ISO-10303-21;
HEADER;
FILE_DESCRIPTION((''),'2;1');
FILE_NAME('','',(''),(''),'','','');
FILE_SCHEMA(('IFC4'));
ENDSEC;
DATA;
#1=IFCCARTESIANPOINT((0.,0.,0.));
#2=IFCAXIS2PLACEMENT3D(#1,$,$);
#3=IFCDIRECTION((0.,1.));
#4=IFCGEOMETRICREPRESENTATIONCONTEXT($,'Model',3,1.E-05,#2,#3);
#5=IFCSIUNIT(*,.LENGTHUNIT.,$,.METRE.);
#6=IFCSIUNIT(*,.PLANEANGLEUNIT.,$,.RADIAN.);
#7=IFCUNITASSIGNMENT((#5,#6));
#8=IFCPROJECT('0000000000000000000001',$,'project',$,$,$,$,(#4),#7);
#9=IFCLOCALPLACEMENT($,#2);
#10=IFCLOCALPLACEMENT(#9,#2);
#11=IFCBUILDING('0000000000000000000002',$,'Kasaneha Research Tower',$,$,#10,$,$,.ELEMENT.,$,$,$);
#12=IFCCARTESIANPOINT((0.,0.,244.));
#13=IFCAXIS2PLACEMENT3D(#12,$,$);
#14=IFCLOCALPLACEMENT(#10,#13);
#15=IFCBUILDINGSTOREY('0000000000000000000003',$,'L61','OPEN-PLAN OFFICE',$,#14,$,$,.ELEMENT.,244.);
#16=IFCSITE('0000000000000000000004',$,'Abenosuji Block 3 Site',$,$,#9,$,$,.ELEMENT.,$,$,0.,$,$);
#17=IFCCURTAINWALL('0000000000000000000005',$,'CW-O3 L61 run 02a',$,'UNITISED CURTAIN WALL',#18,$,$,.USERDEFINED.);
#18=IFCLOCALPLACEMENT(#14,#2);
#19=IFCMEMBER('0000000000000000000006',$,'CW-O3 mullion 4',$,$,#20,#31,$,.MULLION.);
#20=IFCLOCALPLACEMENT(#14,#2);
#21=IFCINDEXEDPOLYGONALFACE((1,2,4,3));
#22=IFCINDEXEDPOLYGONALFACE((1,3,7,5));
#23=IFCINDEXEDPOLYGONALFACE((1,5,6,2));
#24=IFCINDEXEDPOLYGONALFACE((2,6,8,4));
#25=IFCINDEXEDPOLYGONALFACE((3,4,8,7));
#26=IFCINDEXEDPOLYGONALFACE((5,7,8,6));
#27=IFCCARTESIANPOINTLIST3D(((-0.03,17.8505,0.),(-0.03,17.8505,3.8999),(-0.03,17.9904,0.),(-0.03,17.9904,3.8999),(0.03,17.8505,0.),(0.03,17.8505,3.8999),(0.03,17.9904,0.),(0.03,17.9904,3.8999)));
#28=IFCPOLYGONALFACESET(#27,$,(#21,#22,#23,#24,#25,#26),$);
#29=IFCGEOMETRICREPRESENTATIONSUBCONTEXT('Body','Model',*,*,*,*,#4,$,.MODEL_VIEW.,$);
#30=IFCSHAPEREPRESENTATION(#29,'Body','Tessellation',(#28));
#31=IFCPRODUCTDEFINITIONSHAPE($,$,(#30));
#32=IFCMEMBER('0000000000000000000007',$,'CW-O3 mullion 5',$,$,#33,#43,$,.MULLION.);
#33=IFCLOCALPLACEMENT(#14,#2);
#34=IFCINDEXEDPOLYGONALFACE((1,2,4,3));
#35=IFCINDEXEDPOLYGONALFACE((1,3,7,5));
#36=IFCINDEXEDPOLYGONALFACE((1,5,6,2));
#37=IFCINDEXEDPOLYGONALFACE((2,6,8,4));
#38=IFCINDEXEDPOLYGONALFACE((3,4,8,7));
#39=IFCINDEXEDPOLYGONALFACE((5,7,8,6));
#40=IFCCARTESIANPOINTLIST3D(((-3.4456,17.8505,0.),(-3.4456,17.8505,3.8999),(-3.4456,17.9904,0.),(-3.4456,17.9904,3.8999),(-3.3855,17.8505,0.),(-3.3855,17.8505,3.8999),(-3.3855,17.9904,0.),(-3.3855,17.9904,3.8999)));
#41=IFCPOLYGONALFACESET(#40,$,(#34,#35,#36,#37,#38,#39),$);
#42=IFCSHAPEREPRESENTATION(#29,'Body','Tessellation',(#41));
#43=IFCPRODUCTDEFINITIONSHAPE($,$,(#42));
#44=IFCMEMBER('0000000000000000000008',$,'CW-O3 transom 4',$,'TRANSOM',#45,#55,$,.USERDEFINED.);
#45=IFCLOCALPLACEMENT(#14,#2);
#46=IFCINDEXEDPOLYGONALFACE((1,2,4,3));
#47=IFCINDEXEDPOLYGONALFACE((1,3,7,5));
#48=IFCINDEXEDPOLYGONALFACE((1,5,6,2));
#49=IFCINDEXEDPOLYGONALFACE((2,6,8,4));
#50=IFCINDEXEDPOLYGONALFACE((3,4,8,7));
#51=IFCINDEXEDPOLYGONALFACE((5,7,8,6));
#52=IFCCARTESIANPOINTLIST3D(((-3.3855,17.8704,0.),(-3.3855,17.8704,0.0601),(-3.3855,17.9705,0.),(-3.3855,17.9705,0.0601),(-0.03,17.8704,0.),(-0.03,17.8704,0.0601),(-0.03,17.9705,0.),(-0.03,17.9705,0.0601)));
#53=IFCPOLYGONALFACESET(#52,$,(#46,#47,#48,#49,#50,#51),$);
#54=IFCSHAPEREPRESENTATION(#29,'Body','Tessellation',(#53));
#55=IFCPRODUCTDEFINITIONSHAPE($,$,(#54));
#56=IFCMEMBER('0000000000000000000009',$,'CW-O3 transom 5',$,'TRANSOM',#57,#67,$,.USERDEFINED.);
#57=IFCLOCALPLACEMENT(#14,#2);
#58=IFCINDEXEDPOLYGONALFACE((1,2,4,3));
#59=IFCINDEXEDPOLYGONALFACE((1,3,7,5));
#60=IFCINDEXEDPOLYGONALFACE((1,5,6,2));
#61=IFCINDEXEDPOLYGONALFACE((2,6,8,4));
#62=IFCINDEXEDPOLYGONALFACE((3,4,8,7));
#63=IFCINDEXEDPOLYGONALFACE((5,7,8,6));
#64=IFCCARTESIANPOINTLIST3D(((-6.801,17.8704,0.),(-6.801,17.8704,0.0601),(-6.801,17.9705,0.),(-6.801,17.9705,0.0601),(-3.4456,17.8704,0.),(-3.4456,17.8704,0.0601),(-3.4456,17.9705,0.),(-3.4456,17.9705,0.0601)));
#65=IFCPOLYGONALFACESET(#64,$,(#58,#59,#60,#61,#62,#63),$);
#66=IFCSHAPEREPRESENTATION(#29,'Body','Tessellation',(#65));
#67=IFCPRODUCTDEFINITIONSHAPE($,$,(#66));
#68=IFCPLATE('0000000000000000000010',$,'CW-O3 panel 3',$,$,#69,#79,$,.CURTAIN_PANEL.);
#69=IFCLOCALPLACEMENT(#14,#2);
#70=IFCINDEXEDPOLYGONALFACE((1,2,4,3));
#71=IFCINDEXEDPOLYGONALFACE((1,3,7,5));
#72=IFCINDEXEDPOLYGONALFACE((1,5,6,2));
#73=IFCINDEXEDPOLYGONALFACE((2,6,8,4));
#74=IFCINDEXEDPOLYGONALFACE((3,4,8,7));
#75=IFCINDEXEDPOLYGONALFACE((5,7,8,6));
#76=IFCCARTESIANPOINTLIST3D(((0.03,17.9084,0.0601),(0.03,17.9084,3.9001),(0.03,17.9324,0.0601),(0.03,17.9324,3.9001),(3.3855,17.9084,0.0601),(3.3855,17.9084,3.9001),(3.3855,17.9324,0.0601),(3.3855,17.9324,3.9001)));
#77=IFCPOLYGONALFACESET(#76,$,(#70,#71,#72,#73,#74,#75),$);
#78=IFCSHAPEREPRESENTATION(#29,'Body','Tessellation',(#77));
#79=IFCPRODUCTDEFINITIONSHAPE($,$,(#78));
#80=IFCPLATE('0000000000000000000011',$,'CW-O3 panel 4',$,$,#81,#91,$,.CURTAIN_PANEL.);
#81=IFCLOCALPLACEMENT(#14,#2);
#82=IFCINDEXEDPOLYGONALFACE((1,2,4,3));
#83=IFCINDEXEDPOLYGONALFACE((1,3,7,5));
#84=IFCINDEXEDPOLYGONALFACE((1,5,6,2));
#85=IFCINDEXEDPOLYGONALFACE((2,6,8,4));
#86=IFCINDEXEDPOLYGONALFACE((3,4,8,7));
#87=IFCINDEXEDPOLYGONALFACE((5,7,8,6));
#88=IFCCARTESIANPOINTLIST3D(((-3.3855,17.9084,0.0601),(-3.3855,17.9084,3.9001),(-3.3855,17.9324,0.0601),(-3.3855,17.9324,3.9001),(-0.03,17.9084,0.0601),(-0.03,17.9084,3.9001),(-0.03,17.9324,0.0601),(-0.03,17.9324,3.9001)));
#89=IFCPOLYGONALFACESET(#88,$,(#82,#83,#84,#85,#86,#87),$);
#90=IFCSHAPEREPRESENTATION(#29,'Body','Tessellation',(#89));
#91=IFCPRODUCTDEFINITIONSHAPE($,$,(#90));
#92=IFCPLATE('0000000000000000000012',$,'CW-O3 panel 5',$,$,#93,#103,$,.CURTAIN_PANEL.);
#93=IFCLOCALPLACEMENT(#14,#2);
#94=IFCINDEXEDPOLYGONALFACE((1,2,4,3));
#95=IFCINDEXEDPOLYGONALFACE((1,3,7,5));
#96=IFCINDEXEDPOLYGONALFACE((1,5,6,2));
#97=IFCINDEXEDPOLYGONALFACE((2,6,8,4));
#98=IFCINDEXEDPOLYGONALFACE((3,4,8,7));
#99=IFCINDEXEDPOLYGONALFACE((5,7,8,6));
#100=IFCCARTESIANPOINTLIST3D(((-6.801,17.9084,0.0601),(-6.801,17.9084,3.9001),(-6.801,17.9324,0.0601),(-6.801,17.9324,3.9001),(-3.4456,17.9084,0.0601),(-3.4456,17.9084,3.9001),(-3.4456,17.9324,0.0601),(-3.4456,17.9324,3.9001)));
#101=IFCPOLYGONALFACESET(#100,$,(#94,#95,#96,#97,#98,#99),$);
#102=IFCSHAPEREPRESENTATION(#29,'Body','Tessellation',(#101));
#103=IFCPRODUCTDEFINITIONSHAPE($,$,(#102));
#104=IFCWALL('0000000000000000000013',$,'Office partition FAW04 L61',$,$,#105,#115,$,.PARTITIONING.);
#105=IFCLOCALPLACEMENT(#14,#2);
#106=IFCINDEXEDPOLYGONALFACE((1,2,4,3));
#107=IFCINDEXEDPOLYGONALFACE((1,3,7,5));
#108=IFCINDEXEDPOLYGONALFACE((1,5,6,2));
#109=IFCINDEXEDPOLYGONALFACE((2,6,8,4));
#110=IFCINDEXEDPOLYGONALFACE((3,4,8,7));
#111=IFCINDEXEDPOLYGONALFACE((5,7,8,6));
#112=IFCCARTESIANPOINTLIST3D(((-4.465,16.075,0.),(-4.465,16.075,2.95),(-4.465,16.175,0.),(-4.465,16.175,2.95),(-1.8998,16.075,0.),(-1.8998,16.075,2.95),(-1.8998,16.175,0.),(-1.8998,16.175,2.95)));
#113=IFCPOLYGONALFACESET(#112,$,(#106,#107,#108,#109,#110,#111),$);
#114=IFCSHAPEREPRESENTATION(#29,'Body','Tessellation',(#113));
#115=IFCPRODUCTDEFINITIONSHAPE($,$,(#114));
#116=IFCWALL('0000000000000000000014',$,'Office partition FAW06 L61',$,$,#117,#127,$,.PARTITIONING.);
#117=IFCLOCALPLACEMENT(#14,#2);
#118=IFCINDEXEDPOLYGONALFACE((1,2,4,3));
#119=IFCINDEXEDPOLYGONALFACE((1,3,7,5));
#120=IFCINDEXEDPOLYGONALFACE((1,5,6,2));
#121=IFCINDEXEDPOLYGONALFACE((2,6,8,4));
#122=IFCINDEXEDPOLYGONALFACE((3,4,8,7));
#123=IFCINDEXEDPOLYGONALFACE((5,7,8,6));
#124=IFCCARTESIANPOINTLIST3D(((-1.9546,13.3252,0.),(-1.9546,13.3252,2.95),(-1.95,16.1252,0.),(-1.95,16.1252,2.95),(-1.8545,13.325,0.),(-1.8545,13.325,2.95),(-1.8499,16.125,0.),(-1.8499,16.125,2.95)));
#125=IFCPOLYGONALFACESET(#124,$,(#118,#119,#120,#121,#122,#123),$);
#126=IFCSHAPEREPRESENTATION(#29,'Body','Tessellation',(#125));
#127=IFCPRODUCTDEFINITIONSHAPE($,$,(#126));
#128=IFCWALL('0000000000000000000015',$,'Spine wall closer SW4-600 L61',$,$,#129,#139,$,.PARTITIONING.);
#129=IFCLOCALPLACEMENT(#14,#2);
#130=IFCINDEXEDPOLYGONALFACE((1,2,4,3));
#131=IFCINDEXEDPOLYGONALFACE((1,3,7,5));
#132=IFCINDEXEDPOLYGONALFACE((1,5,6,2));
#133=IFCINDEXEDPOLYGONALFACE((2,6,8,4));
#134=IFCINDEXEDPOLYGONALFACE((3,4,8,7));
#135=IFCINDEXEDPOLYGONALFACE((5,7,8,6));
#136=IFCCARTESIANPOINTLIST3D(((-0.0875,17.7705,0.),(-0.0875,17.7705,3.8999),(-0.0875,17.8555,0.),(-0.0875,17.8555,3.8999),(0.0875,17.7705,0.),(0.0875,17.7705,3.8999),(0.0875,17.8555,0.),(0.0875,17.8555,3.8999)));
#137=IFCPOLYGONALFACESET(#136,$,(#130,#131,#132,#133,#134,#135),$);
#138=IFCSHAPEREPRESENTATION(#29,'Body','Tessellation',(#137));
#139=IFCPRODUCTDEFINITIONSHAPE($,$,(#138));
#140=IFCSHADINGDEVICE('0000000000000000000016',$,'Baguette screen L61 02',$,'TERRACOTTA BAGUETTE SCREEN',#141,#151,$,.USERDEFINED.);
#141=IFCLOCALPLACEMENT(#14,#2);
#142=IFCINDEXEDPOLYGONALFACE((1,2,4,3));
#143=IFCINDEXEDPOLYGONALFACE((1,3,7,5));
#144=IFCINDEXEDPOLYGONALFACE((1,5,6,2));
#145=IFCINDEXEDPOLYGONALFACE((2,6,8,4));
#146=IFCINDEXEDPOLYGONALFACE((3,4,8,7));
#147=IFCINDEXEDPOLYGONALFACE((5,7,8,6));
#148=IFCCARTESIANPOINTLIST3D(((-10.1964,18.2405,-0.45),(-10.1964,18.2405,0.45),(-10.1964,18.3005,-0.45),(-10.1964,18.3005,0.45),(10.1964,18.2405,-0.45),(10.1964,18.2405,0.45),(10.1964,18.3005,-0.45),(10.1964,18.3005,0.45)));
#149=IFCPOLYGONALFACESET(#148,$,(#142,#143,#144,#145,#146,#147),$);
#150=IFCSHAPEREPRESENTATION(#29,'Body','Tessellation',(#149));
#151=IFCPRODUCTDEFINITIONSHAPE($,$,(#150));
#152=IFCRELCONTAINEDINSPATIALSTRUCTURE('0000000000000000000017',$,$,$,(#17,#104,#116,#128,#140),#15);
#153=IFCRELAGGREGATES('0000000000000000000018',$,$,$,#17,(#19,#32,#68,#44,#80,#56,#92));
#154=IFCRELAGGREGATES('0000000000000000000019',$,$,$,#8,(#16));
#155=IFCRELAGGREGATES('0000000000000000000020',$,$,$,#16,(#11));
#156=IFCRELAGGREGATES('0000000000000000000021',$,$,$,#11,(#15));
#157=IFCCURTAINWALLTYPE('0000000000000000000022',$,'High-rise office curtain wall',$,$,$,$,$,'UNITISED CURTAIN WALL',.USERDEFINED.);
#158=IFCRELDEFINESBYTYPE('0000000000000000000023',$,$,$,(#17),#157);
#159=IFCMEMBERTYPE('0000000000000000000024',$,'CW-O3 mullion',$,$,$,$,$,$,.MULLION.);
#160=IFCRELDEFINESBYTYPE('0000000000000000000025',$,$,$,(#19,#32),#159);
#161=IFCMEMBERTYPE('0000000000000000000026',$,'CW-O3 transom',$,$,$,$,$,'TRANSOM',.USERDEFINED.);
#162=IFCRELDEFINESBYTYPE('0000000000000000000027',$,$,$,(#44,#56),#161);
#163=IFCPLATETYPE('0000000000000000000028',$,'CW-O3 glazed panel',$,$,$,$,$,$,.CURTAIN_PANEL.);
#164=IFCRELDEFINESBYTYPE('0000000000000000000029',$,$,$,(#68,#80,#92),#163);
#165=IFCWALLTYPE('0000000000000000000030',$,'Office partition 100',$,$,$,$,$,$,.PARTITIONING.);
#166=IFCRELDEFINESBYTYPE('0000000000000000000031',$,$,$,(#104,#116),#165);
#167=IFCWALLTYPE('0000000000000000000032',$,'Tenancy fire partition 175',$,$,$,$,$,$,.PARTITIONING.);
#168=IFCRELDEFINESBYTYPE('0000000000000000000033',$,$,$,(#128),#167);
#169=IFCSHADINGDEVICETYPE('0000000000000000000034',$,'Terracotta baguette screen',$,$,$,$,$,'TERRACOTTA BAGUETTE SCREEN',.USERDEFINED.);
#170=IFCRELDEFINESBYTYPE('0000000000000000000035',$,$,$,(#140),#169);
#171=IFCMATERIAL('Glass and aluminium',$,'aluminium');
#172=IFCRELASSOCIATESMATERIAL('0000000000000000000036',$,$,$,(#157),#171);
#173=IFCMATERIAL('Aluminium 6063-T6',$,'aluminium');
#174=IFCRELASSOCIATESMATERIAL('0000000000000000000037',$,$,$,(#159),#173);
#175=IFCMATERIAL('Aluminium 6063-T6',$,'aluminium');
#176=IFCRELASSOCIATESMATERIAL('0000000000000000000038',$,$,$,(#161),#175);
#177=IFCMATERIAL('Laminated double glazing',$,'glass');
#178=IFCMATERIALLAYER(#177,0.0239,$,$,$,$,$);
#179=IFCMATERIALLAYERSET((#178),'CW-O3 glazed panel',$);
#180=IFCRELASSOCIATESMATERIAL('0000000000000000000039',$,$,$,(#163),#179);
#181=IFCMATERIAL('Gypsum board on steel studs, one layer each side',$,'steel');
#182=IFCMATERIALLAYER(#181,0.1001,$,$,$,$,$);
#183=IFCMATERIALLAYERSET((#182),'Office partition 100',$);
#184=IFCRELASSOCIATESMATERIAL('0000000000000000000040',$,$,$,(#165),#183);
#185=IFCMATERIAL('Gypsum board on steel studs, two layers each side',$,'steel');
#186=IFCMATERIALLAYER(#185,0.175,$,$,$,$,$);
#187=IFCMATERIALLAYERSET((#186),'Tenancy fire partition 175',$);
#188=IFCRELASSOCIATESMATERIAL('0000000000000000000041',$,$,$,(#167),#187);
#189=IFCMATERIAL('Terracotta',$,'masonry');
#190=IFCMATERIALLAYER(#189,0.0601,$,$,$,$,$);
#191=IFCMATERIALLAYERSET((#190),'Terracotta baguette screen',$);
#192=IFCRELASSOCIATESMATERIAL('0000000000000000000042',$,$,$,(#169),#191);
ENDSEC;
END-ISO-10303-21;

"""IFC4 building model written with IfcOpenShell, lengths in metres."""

from ifc_helpers import new_model, si_unit, direction, frame, frame_2d, origin, origin_2d, place, context, subcontext, project, spatial, rectangle, extrude, material, layer, layer_set, material_profile, profile_set, type_object, element, aggregate, save


model = new_model("IFC4")

# Units and contexts
model_context = context("Model", 3, precision=1e-05, world=origin(), true_north=direction((0.0, 1.0)))
body_context = subcontext(model_context, "Body", "Model", "MODEL_VIEW")
ifc_project = project(units=[si_unit("LENGTHUNIT", "METRE"), si_unit("PLANEANGLEUNIT", "RADIAN")], contexts=[model_context])

# Site, building, storey
site_placement = place(None, origin())
site = spatial("IfcSite", under=ifc_project, at=site_placement, Name="Abenosuji Block 3 Site", CompositionType="ELEMENT", RefElevation=0.0)
building_placement = place(site_placement, origin())
building = spatial("IfcBuilding", under=site, at=building_placement, Name="Kasaneha Research Tower", CompositionType="ELEMENT")
storey_placement = place(building_placement, frame((0.0, 0.0, 244.0)))
storey = spatial("IfcBuildingStorey", under=building, at=storey_placement, Name="L61", Description="OPEN-PLAN OFFICE", CompositionType="ELEMENT", Elevation=244.0)

# Curtain wall, members, plates
ifc_material_1 = material(Name="Glass and aluminium", Category="aluminium")
curtain_wall_type = type_object("IfcCurtainWallType", Name="High-rise office curtain wall", ElementType="UNITISED CURTAIN WALL", PredefinedType="USERDEFINED", material=ifc_material_1)
curtain_wall_placement = place(storey_placement, origin())
curtain_wall = element("IfcCurtainWall", 1, at=curtain_wall_placement, inside=storey, type_object=curtain_wall_type, Name="CW-O3 L61 run 02a", ObjectType="UNITISED CURTAIN WALL", PredefinedType="USERDEFINED")
ifc_material_2 = material(Name="Aluminium 6063-T6", Category="aluminium")
ifc_material_profile_1 = material_profile(ifc_material_2, rectangle(XDim=0.0601, YDim=0.1399, at=origin_2d()), Name="CW-O3 mullion 60x140")
ifc_profile_set_1 = profile_set([ifc_material_profile_1], Name="Aluminium 6063-T6")
member_type_1 = type_object("IfcMemberType", Name="CW-O3 mullion", PredefinedType="MULLION", material=ifc_profile_set_1)
member_1_placement = place(storey_placement, frame((0.0, 17.9204, 0.0), z_axis=(0.0, 0.0, 1.0), x_axis=(-1.0, 0.0, 0.0)))
member_1 = element("IfcMember", 2, at=member_1_placement, type_object=member_type_1, Name="CW-O3 mullion 4", PredefinedType="MULLION", context=body_context, shape_type="SweptSolid", body=[
    extrude(rectangle(XDim=0.0601, YDim=0.1399, at=origin_2d()), origin(), (0.0, 0.0, 1.0), 3.8999),
])
member_2_placement = place(storey_placement, frame((-3.4155, 17.9204, 0.0), z_axis=(0.0, 0.0, 1.0), x_axis=(-1.0, 0.0, 0.0)))
member_2 = element("IfcMember", 3, at=member_2_placement, type_object=member_type_1, Name="CW-O3 mullion 5", PredefinedType="MULLION", context=body_context, shape_type="SweptSolid", body=[
    extrude(rectangle(XDim=0.0601, YDim=0.1399, at=origin_2d()), origin(), (0.0, 0.0, 1.0), 3.8999),
])
ifc_material_3 = material(Name="Aluminium 6063-T6", Category="aluminium")
ifc_material_profile_2 = material_profile(ifc_material_3, rectangle(XDim=0.1001, YDim=0.0601, at=origin_2d()), Name="CW-O3 transom 100x60")
ifc_profile_set_2 = profile_set([ifc_material_profile_2], Name="Aluminium 6063-T6")
member_type_2 = type_object("IfcMemberType", Name="CW-O3 transom", ElementType="TRANSOM", PredefinedType="USERDEFINED", material=ifc_profile_set_2)
member_3_placement = place(storey_placement, frame((-0.03, 17.9204, 0.03), z_axis=(-1.0, 0.0, 0.0), x_axis=(0.0, -1.0, 0.0)))
member_3 = element("IfcMember", 4, at=member_3_placement, type_object=member_type_2, Name="CW-O3 transom 4", ObjectType="TRANSOM", PredefinedType="USERDEFINED", context=body_context, shape_type="SweptSolid", body=[
    extrude(rectangle(XDim=0.1001, YDim=0.0601, at=origin_2d()), origin(), (0.0, 0.0, 1.0), 3.3555),
])
member_4_placement = place(storey_placement, frame((-3.4456, 17.9204, 0.03), z_axis=(-1.0, 0.0, 0.0), x_axis=(0.0, -1.0, 0.0)))
member_4 = element("IfcMember", 5, at=member_4_placement, type_object=member_type_2, Name="CW-O3 transom 5", ObjectType="TRANSOM", PredefinedType="USERDEFINED", context=body_context, shape_type="SweptSolid", body=[
    extrude(rectangle(XDim=0.1001, YDim=0.0601, at=origin_2d()), origin(), (0.0, 0.0, 1.0), 3.3555),
])
ifc_material_4 = material(Name="Laminated double glazing", Category="glass")
ifc_layer_1 = layer(ifc_material_4, 0.0239)
ifc_layer_set_1 = layer_set([ifc_layer_1], Name="CW-O3 glazed panel")
plate_type = type_object("IfcPlateType", Name="CW-O3 glazed panel", PredefinedType="CURTAIN_PANEL", material=ifc_layer_set_1)
plate_1_placement = place(storey_placement, frame((1.7078, 17.9204, 0.0601), z_axis=(0.0, 0.0, 1.0), x_axis=(-1.0, 0.0, 0.0)))
plate_1 = element("IfcPlate", 6, at=plate_1_placement, type_object=plate_type, Name="CW-O3 panel 3", PredefinedType="CURTAIN_PANEL", context=body_context, shape_type="SweptSolid", body=[
    extrude(rectangle(XDim=3.3555, YDim=0.0239, at=origin_2d()), origin(), (0.0, 0.0, 1.0), 3.8401),
])
plate_2_placement = place(storey_placement, frame((-1.7078, 17.9204, 0.0601), z_axis=(0.0, 0.0, 1.0), x_axis=(-1.0, 0.0, 0.0)))
plate_2 = element("IfcPlate", 7, at=plate_2_placement, type_object=plate_type, Name="CW-O3 panel 4", PredefinedType="CURTAIN_PANEL", context=body_context, shape_type="SweptSolid", body=[
    extrude(rectangle(XDim=3.3555, YDim=0.0239, at=origin_2d()), origin(), (0.0, 0.0, 1.0), 3.8401),
])
plate_3_placement = place(storey_placement, frame((-5.1233, 17.9204, 0.0601), z_axis=(0.0, 0.0, 1.0), x_axis=(-1.0, 0.0, 0.0)))
plate_3 = element("IfcPlate", 8, at=plate_3_placement, type_object=plate_type, Name="CW-O3 panel 5", PredefinedType="CURTAIN_PANEL", context=body_context, shape_type="SweptSolid", body=[
    extrude(rectangle(XDim=3.3555, YDim=0.0239, at=origin_2d()), origin(), (0.0, 0.0, 1.0), 3.8401),
])
aggregate(curtain_wall, [member_1, member_2, plate_1, member_3, plate_2, member_4, plate_3])

# Walls
ifc_material_5 = material(Name="Gypsum board on steel studs, one layer each side", Category="steel")
ifc_layer_2 = layer(ifc_material_5, 0.1001)
ifc_layer_set_2 = layer_set([ifc_layer_2], Name="Office partition 100")
wall_type_1 = type_object("IfcWallType", Name="Office partition 100", PredefinedType="PARTITIONING", material=ifc_layer_set_2)
wall_1_placement = place(storey_placement, frame((-4.4651, 16.125, 0.0), z_axis=(0.0, 0.0, 1.0), x_axis=(1.0, 0.0, 0.0)))
element("IfcWall", 9, at=wall_1_placement, inside=storey, type_object=wall_type_1, Name="Office partition FAW04 L61", PredefinedType="PARTITIONING", context=body_context, shape_type="SweptSolid", body=[
    extrude(rectangle(XDim=2.5652, YDim=0.1001, at=frame_2d((1.2827, 0.0))), origin(), (0.0, 0.0, 1.0), 2.95),
])
wall_2_placement = place(storey_placement, frame((-1.8999, 16.125, 0.0), z_axis=(0.0, 0.0, 1.0), x_axis=(-0.001657, -0.999999, 0.0)))
element("IfcWall", 10, at=wall_2_placement, inside=storey, type_object=wall_type_1, Name="Office partition FAW06 L61", PredefinedType="PARTITIONING", context=body_context, shape_type="SweptSolid", body=[
    extrude(rectangle(XDim=2.8, YDim=0.1001, at=frame_2d((1.3999, 0.0))), origin(), (0.0, 0.0, 1.0), 2.95),
])
ifc_material_6 = material(Name="Gypsum board on steel studs, two layers each side", Category="steel")
ifc_layer_3 = layer(ifc_material_6, 0.175)
ifc_layer_set_3 = layer_set([ifc_layer_3], Name="Tenancy fire partition 175")
wall_type_2 = type_object("IfcWallType", Name="Tenancy fire partition 175", PredefinedType="PARTITIONING", material=ifc_layer_set_3)
wall_3_placement = place(storey_placement, frame((0.0, 17.7705, 0.0), z_axis=(0.0, 0.0, 1.0), x_axis=(0.0, 1.0, 0.0)))
element("IfcWall", 11, at=wall_3_placement, inside=storey, type_object=wall_type_2, Name="Spine wall closer SW4-600 L61", PredefinedType="PARTITIONING", context=body_context, shape_type="SweptSolid", body=[
    extrude(rectangle(XDim=0.085, YDim=0.175, at=frame_2d((0.0425, 0.0))), origin(), (0.0, 0.0, 1.0), 3.8999),
])

# Shading device
ifc_material_7 = material(Name="Terracotta", Category="masonry")
ifc_layer_4 = layer(ifc_material_7, 0.0601)
ifc_layer_set_4 = layer_set([ifc_layer_4], Name="Terracotta baguette screen")
shading_device_type = type_object("IfcShadingDeviceType", Name="Terracotta baguette screen", ElementType="TERRACOTTA BAGUETTE SCREEN", PredefinedType="USERDEFINED", material=ifc_layer_set_4)
shading_device_placement = place(storey_placement, frame((0.0, 18.2705, -0.45), z_axis=(0.0, 0.0, 1.0), x_axis=(-1.0, 0.0, 0.0)))
element("IfcShadingDevice", 12, at=shading_device_placement, inside=storey, type_object=shading_device_type, Name="Baguette screen L61 02", ObjectType="TERRACOTTA BAGUETTE SCREEN", PredefinedType="USERDEFINED", context=body_context, shape_type="SweptSolid", body=[
    extrude(rectangle(XDim=20.3928, YDim=0.0601, at=origin_2d()), origin(), (0.0, 0.0, 1.0), 0.8999),
])

save(model, "model.ifc")
